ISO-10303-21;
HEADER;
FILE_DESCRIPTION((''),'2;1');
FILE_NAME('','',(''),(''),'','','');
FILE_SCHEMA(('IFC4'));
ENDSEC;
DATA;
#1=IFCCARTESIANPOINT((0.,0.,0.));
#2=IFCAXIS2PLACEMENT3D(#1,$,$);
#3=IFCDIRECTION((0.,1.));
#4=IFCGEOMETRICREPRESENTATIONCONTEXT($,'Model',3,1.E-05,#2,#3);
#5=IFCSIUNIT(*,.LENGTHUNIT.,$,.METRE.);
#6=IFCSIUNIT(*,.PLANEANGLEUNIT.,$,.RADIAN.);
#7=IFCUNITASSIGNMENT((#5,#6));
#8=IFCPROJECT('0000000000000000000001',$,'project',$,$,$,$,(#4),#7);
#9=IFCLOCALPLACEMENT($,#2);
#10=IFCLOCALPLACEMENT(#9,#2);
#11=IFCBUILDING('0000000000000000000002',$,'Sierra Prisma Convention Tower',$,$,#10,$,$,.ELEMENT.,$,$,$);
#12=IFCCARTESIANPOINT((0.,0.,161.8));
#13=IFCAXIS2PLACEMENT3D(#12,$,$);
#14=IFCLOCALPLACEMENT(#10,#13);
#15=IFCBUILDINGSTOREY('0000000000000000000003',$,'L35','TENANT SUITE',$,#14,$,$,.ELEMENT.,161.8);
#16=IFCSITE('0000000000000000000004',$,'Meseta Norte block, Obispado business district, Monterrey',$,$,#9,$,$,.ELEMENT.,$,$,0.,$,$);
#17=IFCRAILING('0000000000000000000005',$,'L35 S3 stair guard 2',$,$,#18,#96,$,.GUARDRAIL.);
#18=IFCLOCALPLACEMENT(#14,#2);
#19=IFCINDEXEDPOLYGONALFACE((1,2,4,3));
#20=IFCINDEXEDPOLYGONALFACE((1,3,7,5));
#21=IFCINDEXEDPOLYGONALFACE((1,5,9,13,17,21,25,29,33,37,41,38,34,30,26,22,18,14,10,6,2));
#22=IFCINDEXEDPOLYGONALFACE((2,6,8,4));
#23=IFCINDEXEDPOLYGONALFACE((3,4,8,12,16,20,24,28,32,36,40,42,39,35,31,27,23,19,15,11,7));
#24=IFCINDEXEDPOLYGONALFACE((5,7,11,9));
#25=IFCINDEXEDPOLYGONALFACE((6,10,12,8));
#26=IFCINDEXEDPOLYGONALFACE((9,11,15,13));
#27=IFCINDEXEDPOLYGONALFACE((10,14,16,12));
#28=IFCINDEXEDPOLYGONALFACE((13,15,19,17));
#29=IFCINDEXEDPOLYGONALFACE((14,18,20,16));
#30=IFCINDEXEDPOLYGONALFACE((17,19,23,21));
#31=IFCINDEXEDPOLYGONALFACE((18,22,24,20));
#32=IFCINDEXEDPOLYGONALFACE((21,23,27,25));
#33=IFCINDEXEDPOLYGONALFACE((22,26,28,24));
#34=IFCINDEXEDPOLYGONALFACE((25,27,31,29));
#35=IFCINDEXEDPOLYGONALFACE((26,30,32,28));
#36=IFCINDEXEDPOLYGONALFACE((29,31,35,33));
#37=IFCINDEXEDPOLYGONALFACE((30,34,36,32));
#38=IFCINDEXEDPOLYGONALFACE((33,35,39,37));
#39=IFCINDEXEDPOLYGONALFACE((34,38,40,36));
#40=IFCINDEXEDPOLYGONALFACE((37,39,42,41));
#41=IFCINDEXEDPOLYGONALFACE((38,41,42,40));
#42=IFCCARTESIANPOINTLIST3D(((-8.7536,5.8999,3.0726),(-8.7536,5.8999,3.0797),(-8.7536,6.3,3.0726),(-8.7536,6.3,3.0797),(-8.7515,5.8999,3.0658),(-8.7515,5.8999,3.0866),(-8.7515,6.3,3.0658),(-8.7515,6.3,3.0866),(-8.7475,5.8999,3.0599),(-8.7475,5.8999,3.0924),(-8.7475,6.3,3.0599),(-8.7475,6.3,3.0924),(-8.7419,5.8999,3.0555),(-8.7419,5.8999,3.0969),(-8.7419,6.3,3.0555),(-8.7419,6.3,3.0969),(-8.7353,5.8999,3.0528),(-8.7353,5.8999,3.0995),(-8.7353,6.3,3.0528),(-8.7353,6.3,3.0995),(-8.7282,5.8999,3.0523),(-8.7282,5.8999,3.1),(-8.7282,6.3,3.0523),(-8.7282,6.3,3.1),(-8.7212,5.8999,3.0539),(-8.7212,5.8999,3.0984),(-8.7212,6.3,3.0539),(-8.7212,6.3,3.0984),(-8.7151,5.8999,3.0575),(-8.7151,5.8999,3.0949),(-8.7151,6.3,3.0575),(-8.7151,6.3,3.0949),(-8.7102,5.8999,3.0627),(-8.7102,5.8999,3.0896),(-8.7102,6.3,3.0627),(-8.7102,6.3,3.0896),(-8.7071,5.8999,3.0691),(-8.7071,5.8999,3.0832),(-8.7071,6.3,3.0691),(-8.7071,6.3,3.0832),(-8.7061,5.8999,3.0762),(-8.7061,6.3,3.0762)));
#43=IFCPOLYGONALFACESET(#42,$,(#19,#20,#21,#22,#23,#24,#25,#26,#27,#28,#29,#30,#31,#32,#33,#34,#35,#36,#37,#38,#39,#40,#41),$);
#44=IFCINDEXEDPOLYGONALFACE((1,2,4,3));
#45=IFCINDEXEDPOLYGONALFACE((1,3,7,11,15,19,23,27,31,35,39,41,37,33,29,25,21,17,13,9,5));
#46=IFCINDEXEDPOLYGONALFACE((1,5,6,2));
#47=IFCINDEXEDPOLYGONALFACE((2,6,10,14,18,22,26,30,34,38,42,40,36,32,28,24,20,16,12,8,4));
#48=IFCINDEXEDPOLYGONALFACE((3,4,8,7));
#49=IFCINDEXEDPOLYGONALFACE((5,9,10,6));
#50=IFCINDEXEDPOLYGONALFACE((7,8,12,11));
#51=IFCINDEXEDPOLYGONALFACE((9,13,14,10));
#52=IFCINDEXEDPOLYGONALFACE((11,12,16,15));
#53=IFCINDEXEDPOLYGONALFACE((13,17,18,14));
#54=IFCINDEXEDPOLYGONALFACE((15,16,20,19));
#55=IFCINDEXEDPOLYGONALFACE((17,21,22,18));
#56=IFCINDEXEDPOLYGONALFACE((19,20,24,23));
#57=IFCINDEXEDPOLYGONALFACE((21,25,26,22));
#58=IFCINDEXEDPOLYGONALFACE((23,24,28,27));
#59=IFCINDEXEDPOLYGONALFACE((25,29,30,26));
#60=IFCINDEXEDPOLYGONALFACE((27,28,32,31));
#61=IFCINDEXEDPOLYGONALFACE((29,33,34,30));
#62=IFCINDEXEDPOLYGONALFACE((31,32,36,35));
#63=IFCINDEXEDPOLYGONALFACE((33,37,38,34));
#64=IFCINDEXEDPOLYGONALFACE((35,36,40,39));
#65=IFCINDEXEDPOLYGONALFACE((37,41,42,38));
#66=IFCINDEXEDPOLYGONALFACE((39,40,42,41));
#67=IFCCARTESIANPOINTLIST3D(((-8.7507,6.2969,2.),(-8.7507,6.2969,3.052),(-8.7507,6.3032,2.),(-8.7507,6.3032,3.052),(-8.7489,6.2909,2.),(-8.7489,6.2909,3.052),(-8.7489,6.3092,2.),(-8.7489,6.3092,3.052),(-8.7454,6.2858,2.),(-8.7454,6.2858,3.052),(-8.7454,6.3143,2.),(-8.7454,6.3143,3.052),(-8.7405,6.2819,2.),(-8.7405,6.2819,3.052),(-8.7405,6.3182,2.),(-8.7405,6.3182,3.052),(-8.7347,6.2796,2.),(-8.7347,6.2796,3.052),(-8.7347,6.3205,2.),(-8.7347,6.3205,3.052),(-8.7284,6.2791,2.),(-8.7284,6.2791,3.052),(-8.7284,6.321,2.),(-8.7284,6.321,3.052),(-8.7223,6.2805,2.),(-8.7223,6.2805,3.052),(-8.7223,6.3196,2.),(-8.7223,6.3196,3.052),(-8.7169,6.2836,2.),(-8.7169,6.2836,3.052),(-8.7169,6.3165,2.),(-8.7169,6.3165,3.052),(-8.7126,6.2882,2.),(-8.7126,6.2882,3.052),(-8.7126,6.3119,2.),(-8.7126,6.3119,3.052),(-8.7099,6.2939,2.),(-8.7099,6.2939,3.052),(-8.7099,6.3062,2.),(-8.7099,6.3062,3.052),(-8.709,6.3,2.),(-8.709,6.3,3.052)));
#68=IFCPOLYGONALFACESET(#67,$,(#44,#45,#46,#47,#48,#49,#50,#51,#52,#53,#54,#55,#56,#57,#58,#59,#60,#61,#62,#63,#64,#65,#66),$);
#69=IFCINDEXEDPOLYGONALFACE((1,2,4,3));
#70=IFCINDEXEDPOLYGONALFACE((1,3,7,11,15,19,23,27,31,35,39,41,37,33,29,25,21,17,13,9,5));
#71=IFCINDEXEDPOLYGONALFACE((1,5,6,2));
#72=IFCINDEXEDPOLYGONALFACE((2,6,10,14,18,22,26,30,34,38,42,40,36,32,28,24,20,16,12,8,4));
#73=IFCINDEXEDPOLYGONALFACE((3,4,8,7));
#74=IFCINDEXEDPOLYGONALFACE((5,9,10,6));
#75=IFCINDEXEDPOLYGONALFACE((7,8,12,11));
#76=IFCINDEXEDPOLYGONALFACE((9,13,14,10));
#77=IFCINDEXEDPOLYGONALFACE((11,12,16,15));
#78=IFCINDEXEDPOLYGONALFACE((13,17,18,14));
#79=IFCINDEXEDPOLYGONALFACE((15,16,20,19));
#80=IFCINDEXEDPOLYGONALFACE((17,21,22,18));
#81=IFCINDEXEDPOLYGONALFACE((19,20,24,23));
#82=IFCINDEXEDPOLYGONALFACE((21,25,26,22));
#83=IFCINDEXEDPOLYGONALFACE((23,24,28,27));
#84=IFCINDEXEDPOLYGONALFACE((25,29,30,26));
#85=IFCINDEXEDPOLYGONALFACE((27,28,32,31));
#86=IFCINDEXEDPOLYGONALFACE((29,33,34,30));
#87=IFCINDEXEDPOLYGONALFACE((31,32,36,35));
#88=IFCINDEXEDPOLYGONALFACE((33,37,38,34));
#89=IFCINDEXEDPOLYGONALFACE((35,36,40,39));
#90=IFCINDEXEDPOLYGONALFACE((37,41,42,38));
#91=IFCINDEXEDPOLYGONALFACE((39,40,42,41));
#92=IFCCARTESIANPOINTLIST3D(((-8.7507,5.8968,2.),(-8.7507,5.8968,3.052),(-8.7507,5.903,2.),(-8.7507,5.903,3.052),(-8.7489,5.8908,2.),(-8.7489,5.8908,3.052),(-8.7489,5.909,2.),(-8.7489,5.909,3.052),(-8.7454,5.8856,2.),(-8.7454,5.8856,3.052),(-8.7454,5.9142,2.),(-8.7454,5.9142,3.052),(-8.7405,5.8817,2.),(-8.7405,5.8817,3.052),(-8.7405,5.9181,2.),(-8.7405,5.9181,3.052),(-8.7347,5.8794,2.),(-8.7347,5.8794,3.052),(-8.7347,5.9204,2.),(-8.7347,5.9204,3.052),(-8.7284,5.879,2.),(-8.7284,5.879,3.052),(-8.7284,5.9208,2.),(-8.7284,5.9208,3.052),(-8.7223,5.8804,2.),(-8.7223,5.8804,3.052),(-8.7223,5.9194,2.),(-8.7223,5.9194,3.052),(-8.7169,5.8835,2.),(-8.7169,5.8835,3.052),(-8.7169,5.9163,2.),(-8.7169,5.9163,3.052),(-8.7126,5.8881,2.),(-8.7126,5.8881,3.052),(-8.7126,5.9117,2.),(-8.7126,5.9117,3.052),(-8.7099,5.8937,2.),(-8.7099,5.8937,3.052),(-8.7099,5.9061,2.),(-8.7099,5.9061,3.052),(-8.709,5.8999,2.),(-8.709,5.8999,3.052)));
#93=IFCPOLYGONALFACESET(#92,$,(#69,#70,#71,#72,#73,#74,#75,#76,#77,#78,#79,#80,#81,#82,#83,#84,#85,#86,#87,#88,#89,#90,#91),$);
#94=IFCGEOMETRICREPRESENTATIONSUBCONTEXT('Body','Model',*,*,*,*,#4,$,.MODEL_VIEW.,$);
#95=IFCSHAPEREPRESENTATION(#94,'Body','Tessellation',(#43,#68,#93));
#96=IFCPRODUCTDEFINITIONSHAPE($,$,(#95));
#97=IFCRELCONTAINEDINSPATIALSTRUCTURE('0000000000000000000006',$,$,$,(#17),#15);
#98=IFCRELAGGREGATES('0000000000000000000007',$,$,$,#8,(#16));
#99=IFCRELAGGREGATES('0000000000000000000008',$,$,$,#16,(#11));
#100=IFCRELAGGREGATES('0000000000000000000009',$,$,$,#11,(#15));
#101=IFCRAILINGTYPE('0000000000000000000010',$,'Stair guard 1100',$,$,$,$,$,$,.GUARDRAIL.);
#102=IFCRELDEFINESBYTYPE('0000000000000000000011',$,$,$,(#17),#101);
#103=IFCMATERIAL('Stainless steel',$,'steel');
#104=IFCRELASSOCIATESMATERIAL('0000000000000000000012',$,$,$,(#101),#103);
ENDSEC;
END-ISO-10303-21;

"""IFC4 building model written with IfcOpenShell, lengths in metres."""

from ifc_helpers import new_model, si_unit, direction, frame, origin, origin_2d, place, context, subcontext, project, spatial, circle, extrude, material, type_object, element, save


model = new_model("IFC4")

# Units and contexts
model_context = context("Model", 3, precision=1e-05, world=origin(), true_north=direction((0.0, 1.0)))
body_context = subcontext(model_context, "Body", "Model", "MODEL_VIEW")
ifc_project = project(units=[si_unit("LENGTHUNIT", "METRE"), si_unit("PLANEANGLEUNIT", "RADIAN")], contexts=[model_context])

# Site, building, storey
site_placement = place(None, origin())
site = spatial("IfcSite", under=ifc_project, at=site_placement, Name="Meseta Norte block, Obispado business district, Monterrey", CompositionType="ELEMENT", RefElevation=0.0)
building_placement = place(site_placement, origin())
building = spatial("IfcBuilding", under=site, at=building_placement, Name="Sierra Prisma Convention Tower", CompositionType="ELEMENT")
storey_placement = place(building_placement, frame((0.0, 0.0, 161.8)))
storey = spatial("IfcBuildingStorey", under=building, at=storey_placement, Name="L35", Description="TENANT SUITE", CompositionType="ELEMENT", Elevation=161.8)

# Railing
ifc_material_1 = material(Name="Stainless steel", Category="steel")
railing_type_1 = type_object("IfcRailingType", Name="Stair guard 1100", PredefinedType="GUARDRAIL", material=ifc_material_1)
railing_1_placement = place(storey_placement, frame((-8.73, 6.3, 2.0)))
element("IfcRailing", 1, at=railing_1_placement, inside=storey, type_object=railing_type_1, Name="L35 S3 stair guard 2", PredefinedType="GUARDRAIL", context=body_context, shape_type="SweptSolid", body=[
    extrude(circle(Radius=0.0239, at=origin_2d()), frame((0.0, 0.0, 1.0762), z_axis=(0.0, -1.0, 0.0), x_axis=(1.0, 0.0, 0.0)), (0.0, 0.0, 1.0), 0.4001),
    extrude(circle(Radius=0.021, at=origin_2d()), origin(), (0.0, 0.0, 1.0), 1.052),
    extrude(circle(Radius=0.021, at=origin_2d()), frame((0.0, -0.4001, 0.0)), (0.0, 0.0, 1.0), 1.052),
])

save(model, "model.ifc")
